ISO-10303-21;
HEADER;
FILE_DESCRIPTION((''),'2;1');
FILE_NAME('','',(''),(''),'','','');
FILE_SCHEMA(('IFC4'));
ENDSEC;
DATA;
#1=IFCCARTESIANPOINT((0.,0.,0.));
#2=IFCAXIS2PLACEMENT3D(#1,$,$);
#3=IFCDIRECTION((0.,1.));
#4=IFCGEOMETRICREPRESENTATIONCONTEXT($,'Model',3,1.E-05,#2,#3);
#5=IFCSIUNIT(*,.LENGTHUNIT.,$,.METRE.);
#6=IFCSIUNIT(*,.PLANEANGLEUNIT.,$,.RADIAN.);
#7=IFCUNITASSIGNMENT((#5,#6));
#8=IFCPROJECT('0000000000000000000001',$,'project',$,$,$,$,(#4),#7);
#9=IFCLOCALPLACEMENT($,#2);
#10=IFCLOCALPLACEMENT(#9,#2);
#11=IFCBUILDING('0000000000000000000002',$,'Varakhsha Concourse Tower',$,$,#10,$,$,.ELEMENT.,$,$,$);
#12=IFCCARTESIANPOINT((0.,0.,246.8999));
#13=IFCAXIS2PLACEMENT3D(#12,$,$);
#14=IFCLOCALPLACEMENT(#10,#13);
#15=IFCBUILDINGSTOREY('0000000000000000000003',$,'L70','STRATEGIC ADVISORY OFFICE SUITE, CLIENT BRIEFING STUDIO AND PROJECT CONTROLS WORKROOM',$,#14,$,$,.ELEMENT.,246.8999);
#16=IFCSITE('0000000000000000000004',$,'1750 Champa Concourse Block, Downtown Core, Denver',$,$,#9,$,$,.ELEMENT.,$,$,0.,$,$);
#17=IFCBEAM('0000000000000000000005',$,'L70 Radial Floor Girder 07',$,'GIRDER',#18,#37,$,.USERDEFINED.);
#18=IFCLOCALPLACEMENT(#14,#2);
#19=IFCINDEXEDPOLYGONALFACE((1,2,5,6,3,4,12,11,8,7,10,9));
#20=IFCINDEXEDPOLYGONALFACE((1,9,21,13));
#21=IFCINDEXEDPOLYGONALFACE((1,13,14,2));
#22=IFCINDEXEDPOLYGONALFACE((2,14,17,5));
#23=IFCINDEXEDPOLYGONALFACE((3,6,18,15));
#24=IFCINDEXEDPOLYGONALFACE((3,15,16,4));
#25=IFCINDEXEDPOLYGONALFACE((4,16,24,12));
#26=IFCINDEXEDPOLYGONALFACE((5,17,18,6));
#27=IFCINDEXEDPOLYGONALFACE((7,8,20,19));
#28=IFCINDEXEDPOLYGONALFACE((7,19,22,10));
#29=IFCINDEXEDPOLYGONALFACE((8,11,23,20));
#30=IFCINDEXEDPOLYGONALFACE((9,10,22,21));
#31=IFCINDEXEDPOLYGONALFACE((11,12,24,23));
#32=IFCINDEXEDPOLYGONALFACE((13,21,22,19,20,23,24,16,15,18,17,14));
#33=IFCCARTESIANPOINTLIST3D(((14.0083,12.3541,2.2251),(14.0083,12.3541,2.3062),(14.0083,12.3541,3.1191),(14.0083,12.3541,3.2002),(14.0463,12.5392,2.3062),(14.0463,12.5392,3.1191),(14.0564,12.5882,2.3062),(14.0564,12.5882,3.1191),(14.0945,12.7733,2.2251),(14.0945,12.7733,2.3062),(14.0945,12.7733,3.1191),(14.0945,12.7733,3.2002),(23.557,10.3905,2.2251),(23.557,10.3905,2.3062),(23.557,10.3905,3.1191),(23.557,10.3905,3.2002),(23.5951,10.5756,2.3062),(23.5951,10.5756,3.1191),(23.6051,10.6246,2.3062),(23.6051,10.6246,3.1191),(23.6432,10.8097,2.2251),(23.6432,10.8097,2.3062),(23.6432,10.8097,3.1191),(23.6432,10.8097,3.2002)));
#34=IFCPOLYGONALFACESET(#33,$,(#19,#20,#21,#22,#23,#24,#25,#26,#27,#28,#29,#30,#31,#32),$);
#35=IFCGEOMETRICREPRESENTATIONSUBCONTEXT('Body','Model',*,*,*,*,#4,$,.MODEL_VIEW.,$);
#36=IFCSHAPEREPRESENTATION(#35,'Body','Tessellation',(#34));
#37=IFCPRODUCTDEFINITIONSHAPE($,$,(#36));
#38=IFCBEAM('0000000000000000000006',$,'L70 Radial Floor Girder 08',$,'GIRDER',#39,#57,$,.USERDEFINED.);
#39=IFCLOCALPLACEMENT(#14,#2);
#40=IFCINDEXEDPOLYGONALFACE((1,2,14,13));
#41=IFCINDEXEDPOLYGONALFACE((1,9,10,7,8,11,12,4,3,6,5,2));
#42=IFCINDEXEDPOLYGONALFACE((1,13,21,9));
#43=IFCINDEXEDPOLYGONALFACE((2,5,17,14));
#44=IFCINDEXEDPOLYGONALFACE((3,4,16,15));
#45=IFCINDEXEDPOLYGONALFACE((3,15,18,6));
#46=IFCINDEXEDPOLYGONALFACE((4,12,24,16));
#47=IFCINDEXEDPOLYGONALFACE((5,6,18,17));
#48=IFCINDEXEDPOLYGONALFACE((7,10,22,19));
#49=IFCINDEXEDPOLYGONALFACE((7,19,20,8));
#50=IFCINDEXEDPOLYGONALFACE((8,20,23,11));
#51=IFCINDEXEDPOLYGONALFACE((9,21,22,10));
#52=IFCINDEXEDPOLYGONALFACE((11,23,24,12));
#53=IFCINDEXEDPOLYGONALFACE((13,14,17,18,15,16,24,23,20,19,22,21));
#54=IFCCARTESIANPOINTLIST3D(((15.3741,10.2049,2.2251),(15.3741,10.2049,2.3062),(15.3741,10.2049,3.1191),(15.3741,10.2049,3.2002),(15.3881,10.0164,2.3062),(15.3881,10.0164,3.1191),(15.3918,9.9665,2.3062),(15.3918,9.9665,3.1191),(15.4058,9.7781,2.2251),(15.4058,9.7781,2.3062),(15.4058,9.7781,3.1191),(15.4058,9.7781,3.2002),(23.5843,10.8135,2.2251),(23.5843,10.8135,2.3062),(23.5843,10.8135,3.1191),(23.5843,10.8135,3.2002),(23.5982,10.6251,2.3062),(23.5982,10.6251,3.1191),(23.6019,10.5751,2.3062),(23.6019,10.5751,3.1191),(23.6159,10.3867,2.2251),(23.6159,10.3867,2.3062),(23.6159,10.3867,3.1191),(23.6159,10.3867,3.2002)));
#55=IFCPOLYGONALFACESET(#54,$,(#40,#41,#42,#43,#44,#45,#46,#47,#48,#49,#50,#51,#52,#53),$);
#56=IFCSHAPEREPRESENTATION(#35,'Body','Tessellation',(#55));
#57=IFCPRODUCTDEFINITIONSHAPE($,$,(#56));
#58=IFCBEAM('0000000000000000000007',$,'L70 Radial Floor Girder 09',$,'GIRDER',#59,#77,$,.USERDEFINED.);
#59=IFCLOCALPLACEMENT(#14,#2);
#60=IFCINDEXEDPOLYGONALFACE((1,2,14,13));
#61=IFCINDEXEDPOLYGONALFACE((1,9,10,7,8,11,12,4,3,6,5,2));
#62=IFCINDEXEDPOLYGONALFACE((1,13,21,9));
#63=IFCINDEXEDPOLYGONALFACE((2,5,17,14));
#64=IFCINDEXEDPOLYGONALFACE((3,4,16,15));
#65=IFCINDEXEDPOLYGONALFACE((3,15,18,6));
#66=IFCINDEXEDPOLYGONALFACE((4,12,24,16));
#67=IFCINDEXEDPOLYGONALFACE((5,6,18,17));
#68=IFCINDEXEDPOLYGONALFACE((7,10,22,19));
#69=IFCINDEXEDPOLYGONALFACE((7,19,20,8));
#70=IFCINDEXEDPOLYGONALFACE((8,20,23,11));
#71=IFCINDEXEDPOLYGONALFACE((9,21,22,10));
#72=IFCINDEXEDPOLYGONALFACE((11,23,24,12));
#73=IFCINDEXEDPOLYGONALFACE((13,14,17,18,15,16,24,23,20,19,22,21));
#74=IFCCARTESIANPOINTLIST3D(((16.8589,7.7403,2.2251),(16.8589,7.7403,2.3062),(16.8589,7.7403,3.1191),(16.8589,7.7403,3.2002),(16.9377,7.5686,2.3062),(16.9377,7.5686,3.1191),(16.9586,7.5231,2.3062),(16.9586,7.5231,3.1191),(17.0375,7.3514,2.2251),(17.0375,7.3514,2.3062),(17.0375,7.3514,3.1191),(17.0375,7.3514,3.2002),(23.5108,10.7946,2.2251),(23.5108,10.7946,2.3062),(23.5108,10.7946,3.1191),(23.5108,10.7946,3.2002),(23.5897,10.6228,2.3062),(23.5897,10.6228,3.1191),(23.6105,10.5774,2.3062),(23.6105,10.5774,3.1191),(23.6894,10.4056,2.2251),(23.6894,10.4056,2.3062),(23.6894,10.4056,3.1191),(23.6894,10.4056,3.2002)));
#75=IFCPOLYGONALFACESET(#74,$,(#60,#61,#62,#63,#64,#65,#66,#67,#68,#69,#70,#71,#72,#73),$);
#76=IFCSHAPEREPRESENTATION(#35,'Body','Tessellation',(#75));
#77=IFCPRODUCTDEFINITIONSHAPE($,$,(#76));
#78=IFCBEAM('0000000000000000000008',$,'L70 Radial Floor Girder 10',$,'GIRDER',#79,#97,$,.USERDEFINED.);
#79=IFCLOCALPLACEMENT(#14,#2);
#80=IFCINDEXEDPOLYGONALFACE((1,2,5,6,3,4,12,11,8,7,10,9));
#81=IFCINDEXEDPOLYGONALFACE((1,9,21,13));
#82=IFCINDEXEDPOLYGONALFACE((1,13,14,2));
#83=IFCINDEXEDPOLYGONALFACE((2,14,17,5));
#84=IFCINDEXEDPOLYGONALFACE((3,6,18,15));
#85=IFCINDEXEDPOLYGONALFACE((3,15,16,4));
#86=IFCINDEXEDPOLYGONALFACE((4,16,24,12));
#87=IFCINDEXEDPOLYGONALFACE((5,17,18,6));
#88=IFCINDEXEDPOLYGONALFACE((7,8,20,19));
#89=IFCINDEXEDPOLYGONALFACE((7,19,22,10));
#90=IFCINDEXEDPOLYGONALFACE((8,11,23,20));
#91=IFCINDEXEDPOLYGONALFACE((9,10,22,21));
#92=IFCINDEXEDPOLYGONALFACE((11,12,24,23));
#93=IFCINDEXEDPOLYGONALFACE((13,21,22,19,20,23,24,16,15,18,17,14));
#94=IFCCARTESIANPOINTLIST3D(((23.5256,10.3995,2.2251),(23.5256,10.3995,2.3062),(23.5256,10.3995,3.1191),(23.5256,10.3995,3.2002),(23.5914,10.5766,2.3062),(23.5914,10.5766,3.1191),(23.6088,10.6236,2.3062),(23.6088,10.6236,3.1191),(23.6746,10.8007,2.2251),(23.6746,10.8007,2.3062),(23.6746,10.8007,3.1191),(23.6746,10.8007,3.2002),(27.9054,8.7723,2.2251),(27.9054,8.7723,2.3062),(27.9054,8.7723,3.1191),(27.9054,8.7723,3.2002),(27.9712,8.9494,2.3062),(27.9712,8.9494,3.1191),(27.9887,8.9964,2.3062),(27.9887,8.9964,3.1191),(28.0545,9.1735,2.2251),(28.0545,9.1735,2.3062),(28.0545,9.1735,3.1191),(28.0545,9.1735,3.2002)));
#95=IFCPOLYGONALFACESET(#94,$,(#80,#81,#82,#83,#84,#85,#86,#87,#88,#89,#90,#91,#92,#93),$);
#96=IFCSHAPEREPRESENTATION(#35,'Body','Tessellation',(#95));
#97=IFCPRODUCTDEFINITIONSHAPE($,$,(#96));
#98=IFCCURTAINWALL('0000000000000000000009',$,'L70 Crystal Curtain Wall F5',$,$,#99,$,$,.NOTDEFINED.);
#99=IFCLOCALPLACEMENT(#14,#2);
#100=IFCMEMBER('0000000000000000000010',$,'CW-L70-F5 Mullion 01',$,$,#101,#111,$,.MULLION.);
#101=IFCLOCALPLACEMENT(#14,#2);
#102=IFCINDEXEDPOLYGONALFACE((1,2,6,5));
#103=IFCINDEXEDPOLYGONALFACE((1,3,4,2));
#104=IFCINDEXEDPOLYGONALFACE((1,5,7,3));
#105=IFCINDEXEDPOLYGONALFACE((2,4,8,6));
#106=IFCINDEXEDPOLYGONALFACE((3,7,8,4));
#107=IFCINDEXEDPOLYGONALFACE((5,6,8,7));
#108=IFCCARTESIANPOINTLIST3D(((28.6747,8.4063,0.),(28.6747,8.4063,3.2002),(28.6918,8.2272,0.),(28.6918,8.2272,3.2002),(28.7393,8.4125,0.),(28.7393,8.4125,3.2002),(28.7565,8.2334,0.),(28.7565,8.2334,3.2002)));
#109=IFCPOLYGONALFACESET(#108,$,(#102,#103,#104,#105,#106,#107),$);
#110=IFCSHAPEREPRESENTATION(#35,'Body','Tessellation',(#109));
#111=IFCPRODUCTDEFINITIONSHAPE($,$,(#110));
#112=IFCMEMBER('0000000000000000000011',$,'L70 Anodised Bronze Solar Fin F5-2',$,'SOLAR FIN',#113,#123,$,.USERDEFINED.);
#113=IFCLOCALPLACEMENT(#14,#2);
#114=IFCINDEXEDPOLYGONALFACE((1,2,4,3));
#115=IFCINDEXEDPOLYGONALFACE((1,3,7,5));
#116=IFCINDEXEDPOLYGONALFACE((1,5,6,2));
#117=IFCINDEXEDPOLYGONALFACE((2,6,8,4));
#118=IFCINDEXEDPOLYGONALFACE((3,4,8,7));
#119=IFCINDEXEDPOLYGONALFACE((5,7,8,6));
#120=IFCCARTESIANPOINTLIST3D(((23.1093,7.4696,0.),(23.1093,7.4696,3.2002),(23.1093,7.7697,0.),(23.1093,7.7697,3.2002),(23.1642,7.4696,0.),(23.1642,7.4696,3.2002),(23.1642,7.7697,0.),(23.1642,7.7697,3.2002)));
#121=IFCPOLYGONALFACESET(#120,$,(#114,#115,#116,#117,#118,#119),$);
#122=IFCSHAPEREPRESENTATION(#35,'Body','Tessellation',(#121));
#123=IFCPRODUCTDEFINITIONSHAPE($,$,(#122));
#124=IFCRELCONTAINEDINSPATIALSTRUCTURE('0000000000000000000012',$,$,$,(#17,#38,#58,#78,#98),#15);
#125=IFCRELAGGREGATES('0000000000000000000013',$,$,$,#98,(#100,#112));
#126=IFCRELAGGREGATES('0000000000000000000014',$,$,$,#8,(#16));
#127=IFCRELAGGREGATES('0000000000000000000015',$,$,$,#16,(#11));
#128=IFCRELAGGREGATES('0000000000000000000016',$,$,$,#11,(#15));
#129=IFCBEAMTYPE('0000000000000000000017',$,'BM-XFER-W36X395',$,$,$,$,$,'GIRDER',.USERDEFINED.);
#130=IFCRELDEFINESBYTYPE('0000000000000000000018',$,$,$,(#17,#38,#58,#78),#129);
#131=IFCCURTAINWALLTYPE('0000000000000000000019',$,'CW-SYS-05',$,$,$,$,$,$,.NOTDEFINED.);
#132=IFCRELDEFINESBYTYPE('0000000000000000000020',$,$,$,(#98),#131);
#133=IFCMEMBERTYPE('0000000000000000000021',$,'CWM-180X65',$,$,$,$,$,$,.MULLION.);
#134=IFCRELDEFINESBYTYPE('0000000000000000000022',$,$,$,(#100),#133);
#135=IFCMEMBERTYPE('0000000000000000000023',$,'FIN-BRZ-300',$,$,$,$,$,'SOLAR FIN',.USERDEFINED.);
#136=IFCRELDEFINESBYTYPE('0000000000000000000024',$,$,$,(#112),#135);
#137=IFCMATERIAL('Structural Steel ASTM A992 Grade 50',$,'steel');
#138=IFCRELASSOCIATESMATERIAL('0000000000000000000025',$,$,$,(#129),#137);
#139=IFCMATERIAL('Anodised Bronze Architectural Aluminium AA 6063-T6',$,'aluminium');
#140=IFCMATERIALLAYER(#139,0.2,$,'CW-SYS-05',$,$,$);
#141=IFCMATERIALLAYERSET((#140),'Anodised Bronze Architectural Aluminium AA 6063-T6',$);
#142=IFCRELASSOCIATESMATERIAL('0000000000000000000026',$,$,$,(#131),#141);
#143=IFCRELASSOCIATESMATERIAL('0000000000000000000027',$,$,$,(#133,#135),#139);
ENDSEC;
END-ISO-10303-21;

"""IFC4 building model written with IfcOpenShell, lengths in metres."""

from ifc_helpers import new_model, si_unit, direction, frame, origin, origin_2d, place, context, subcontext, project, spatial, rectangle, i_section, extrude, source, transform, mapped, material, layer, layer_set, material_profile, profile_set, type_object, type_shapes, element, aggregate, save


model = new_model("IFC4")

# Units and contexts
model_context = context("Model", 3, precision=1e-05, world=origin(), true_north=direction((0.0, 1.0)))
body_context = subcontext(model_context, "Body", "Model", "MODEL_VIEW")
ifc_project = project(units=[si_unit("LENGTHUNIT", "METRE"), si_unit("PLANEANGLEUNIT", "RADIAN")], contexts=[model_context])

# Site, building, storey
site_placement = place(None, origin())
site = spatial("IfcSite", under=ifc_project, at=site_placement, Name="1750 Champa Concourse Block, Downtown Core, Denver", CompositionType="ELEMENT", RefElevation=0.0)
building_placement = place(site_placement, origin())
building = spatial("IfcBuilding", under=site, at=building_placement, Name="Varakhsha Concourse Tower", CompositionType="ELEMENT")
storey_placement = place(building_placement, frame((0.0, 0.0, 246.8999)))
storey = spatial("IfcBuildingStorey", under=building, at=storey_placement, Name="L70", Description="STRATEGIC ADVISORY OFFICE SUITE, CLIENT BRIEFING STUDIO AND PROJECT CONTROLS WORKROOM", CompositionType="ELEMENT", Elevation=246.8999)

# Shared definitions
ifc_material_1 = material(Name="Structural Steel ASTM A992 Grade 50", Category="steel")

# Beams
ifc_material_profile_1 = material_profile(ifc_material_1, i_section(OverallWidth=0.428, OverallDepth=0.9751, WebThickness=0.05, FlangeThickness=0.0811, at=origin_2d()), Name="W36X395")
ifc_profile_set_1 = profile_set([ifc_material_profile_1], Name="Structural Steel ASTM A992 Grade 50")
beam_type_1 = type_object("IfcBeamType", Name="BM-XFER-W36X395", ElementType="GIRDER", PredefinedType="USERDEFINED", material=ifc_profile_set_1)
beam_1_placement = place(storey_placement, frame((23.6001, 10.6001, 2.7126), z_axis=(-0.979504, 0.201425, 0.0), x_axis=(-0.201425, -0.979504, 0.0)))
element("IfcBeam", 1, at=beam_1_placement, inside=storey, type_object=beam_type_1, Name="L70 Radial Floor Girder 07", ObjectType="GIRDER", PredefinedType="USERDEFINED", context=body_context, shape_type="SweptSolid", body=[
    extrude(i_section(OverallWidth=0.428, OverallDepth=0.9751, WebThickness=0.05, FlangeThickness=0.0811, at=origin_2d()), origin(), (0.0, 0.0, 1.0), 9.7485),
])
beam_2_placement = place(storey_placement, frame((23.6001, 10.6001, 2.7126), z_axis=(-0.997263, -0.07393, 0.0), x_axis=(0.07393, -0.997263, 0.0)))
element("IfcBeam", 2, at=beam_2_placement, inside=storey, type_object=beam_type_1, Name="L70 Radial Floor Girder 08", ObjectType="GIRDER", PredefinedType="USERDEFINED", context=body_context, shape_type="SweptSolid", body=[
    extrude(i_section(OverallWidth=0.428, OverallDepth=0.9751, WebThickness=0.05, FlangeThickness=0.0811, at=origin_2d()), origin(), (0.0, 0.0, 1.0), 8.2327),
])
beam_3_placement = place(storey_placement, frame((23.6001, 10.6001, 2.7126), z_axis=(-0.908784, -0.417268, 0.0), x_axis=(0.417268, -0.908784, 0.0)))
element("IfcBeam", 3, at=beam_3_placement, inside=storey, type_object=beam_type_1, Name="L70 Radial Floor Girder 09", ObjectType="GIRDER", PredefinedType="USERDEFINED", context=body_context, shape_type="SweptSolid", body=[
    extrude(i_section(OverallWidth=0.428, OverallDepth=0.9751, WebThickness=0.05, FlangeThickness=0.0811, at=origin_2d()), origin(), (0.0, 0.0, 1.0), 7.3196),
])
beam_4_placement = place(storey_placement, frame((23.6001, 10.6001, 2.7126), z_axis=(0.937398, -0.348259, 0.0), x_axis=(0.348259, 0.937398, 0.0)))
element("IfcBeam", 4, at=beam_4_placement, inside=storey, type_object=beam_type_1, Name="L70 Radial Floor Girder 10", ObjectType="GIRDER", PredefinedType="USERDEFINED", context=body_context, shape_type="SweptSolid", body=[
    extrude(i_section(OverallWidth=0.428, OverallDepth=0.9751, WebThickness=0.05, FlangeThickness=0.0811, at=origin_2d()), origin(), (0.0, 0.0, 1.0), 4.6724),
])

# Curtain wall, members
ifc_material_2 = material(Name="Anodised Bronze Architectural Aluminium AA 6063-T6", Category="aluminium")
ifc_layer_1 = layer(ifc_material_2, 0.2, Name="CW-SYS-05")
ifc_layer_set_1 = layer_set([ifc_layer_1], Name="Anodised Bronze Architectural Aluminium AA 6063-T6")
curtain_wall_type = type_object("IfcCurtainWallType", Name="CW-SYS-05", PredefinedType="NOTDEFINED", material=ifc_layer_set_1)
curtain_wall_placement = place(storey_placement, origin())
curtain_wall = element("IfcCurtainWall", 5, at=curtain_wall_placement, inside=storey, type_object=curtain_wall_type, Name="L70 Crystal Curtain Wall F5", PredefinedType="NOTDEFINED")
ifc_material_profile_2 = material_profile(ifc_material_2, rectangle(XDim=0.0649, YDim=0.1799, at=origin_2d()), Name="CWM-180X65")
ifc_profile_set_2 = profile_set([ifc_material_profile_2], Name="Anodised Bronze Architectural Aluminium AA 6063-T6")
member_type_1 = type_object("IfcMemberType", Name="CWM-180X65", PredefinedType="MULLION", material=ifc_profile_set_2)
shared_shape_1 = source(origin(), body_context, "Body", "SweptSolid", [
    extrude(rectangle(XDim=0.0649, YDim=0.1799, at=origin_2d()), origin(), (0.0, 0.0, 1.0), 3.2002),
])
type_shapes(member_type_1, [shared_shape_1])
member_1_placement = place(storey_placement, frame((28.7156, 8.3198, 0.0), z_axis=(0.0, 0.0, 1.0), x_axis=(-0.995443, -0.095363, 0.0)))
member_1 = element("IfcMember", 6, at=member_1_placement, type_object=member_type_1, Name="CW-L70-F5 Mullion 01", PredefinedType="MULLION", context=body_context, shape_type="MappedRepresentation", body=[
    mapped(shared_shape_1, transform((0.0, 0.0, 0.0), scale=1.0)),
])
ifc_material_profile_3 = material_profile(ifc_material_2, rectangle(XDim=0.0549, YDim=0.3, at=origin_2d()), Name="FIN-BRZ-300")
ifc_profile_set_3 = profile_set([ifc_material_profile_3], Name="Anodised Bronze Architectural Aluminium AA 6063-T6")
member_type_2 = type_object("IfcMemberType", Name="FIN-BRZ-300", ElementType="SOLAR FIN", PredefinedType="USERDEFINED", material=ifc_profile_set_3)
shared_shape_2 = source(origin(), body_context, "Body", "SweptSolid", [
    extrude(rectangle(XDim=0.0549, YDim=0.3, at=origin_2d()), origin(), (0.0, 0.0, 1.0), 3.2002),
])
type_shapes(member_type_2, [shared_shape_2])
member_2_placement = place(storey_placement, frame((23.1367, 7.6196, 0.0), z_axis=(0.0, 0.0, 1.0), x_axis=(1.0, 0.0, 0.0)))
member_2 = element("IfcMember", 7, at=member_2_placement, type_object=member_type_2, Name="L70 Anodised Bronze Solar Fin F5-2", ObjectType="SOLAR FIN", PredefinedType="USERDEFINED", context=body_context, shape_type="MappedRepresentation", body=[
    mapped(shared_shape_2, transform((0.0, 0.0, 0.0), scale=1.0)),
])
aggregate(curtain_wall, [member_1, member_2])

save(model, "model.ifc")
